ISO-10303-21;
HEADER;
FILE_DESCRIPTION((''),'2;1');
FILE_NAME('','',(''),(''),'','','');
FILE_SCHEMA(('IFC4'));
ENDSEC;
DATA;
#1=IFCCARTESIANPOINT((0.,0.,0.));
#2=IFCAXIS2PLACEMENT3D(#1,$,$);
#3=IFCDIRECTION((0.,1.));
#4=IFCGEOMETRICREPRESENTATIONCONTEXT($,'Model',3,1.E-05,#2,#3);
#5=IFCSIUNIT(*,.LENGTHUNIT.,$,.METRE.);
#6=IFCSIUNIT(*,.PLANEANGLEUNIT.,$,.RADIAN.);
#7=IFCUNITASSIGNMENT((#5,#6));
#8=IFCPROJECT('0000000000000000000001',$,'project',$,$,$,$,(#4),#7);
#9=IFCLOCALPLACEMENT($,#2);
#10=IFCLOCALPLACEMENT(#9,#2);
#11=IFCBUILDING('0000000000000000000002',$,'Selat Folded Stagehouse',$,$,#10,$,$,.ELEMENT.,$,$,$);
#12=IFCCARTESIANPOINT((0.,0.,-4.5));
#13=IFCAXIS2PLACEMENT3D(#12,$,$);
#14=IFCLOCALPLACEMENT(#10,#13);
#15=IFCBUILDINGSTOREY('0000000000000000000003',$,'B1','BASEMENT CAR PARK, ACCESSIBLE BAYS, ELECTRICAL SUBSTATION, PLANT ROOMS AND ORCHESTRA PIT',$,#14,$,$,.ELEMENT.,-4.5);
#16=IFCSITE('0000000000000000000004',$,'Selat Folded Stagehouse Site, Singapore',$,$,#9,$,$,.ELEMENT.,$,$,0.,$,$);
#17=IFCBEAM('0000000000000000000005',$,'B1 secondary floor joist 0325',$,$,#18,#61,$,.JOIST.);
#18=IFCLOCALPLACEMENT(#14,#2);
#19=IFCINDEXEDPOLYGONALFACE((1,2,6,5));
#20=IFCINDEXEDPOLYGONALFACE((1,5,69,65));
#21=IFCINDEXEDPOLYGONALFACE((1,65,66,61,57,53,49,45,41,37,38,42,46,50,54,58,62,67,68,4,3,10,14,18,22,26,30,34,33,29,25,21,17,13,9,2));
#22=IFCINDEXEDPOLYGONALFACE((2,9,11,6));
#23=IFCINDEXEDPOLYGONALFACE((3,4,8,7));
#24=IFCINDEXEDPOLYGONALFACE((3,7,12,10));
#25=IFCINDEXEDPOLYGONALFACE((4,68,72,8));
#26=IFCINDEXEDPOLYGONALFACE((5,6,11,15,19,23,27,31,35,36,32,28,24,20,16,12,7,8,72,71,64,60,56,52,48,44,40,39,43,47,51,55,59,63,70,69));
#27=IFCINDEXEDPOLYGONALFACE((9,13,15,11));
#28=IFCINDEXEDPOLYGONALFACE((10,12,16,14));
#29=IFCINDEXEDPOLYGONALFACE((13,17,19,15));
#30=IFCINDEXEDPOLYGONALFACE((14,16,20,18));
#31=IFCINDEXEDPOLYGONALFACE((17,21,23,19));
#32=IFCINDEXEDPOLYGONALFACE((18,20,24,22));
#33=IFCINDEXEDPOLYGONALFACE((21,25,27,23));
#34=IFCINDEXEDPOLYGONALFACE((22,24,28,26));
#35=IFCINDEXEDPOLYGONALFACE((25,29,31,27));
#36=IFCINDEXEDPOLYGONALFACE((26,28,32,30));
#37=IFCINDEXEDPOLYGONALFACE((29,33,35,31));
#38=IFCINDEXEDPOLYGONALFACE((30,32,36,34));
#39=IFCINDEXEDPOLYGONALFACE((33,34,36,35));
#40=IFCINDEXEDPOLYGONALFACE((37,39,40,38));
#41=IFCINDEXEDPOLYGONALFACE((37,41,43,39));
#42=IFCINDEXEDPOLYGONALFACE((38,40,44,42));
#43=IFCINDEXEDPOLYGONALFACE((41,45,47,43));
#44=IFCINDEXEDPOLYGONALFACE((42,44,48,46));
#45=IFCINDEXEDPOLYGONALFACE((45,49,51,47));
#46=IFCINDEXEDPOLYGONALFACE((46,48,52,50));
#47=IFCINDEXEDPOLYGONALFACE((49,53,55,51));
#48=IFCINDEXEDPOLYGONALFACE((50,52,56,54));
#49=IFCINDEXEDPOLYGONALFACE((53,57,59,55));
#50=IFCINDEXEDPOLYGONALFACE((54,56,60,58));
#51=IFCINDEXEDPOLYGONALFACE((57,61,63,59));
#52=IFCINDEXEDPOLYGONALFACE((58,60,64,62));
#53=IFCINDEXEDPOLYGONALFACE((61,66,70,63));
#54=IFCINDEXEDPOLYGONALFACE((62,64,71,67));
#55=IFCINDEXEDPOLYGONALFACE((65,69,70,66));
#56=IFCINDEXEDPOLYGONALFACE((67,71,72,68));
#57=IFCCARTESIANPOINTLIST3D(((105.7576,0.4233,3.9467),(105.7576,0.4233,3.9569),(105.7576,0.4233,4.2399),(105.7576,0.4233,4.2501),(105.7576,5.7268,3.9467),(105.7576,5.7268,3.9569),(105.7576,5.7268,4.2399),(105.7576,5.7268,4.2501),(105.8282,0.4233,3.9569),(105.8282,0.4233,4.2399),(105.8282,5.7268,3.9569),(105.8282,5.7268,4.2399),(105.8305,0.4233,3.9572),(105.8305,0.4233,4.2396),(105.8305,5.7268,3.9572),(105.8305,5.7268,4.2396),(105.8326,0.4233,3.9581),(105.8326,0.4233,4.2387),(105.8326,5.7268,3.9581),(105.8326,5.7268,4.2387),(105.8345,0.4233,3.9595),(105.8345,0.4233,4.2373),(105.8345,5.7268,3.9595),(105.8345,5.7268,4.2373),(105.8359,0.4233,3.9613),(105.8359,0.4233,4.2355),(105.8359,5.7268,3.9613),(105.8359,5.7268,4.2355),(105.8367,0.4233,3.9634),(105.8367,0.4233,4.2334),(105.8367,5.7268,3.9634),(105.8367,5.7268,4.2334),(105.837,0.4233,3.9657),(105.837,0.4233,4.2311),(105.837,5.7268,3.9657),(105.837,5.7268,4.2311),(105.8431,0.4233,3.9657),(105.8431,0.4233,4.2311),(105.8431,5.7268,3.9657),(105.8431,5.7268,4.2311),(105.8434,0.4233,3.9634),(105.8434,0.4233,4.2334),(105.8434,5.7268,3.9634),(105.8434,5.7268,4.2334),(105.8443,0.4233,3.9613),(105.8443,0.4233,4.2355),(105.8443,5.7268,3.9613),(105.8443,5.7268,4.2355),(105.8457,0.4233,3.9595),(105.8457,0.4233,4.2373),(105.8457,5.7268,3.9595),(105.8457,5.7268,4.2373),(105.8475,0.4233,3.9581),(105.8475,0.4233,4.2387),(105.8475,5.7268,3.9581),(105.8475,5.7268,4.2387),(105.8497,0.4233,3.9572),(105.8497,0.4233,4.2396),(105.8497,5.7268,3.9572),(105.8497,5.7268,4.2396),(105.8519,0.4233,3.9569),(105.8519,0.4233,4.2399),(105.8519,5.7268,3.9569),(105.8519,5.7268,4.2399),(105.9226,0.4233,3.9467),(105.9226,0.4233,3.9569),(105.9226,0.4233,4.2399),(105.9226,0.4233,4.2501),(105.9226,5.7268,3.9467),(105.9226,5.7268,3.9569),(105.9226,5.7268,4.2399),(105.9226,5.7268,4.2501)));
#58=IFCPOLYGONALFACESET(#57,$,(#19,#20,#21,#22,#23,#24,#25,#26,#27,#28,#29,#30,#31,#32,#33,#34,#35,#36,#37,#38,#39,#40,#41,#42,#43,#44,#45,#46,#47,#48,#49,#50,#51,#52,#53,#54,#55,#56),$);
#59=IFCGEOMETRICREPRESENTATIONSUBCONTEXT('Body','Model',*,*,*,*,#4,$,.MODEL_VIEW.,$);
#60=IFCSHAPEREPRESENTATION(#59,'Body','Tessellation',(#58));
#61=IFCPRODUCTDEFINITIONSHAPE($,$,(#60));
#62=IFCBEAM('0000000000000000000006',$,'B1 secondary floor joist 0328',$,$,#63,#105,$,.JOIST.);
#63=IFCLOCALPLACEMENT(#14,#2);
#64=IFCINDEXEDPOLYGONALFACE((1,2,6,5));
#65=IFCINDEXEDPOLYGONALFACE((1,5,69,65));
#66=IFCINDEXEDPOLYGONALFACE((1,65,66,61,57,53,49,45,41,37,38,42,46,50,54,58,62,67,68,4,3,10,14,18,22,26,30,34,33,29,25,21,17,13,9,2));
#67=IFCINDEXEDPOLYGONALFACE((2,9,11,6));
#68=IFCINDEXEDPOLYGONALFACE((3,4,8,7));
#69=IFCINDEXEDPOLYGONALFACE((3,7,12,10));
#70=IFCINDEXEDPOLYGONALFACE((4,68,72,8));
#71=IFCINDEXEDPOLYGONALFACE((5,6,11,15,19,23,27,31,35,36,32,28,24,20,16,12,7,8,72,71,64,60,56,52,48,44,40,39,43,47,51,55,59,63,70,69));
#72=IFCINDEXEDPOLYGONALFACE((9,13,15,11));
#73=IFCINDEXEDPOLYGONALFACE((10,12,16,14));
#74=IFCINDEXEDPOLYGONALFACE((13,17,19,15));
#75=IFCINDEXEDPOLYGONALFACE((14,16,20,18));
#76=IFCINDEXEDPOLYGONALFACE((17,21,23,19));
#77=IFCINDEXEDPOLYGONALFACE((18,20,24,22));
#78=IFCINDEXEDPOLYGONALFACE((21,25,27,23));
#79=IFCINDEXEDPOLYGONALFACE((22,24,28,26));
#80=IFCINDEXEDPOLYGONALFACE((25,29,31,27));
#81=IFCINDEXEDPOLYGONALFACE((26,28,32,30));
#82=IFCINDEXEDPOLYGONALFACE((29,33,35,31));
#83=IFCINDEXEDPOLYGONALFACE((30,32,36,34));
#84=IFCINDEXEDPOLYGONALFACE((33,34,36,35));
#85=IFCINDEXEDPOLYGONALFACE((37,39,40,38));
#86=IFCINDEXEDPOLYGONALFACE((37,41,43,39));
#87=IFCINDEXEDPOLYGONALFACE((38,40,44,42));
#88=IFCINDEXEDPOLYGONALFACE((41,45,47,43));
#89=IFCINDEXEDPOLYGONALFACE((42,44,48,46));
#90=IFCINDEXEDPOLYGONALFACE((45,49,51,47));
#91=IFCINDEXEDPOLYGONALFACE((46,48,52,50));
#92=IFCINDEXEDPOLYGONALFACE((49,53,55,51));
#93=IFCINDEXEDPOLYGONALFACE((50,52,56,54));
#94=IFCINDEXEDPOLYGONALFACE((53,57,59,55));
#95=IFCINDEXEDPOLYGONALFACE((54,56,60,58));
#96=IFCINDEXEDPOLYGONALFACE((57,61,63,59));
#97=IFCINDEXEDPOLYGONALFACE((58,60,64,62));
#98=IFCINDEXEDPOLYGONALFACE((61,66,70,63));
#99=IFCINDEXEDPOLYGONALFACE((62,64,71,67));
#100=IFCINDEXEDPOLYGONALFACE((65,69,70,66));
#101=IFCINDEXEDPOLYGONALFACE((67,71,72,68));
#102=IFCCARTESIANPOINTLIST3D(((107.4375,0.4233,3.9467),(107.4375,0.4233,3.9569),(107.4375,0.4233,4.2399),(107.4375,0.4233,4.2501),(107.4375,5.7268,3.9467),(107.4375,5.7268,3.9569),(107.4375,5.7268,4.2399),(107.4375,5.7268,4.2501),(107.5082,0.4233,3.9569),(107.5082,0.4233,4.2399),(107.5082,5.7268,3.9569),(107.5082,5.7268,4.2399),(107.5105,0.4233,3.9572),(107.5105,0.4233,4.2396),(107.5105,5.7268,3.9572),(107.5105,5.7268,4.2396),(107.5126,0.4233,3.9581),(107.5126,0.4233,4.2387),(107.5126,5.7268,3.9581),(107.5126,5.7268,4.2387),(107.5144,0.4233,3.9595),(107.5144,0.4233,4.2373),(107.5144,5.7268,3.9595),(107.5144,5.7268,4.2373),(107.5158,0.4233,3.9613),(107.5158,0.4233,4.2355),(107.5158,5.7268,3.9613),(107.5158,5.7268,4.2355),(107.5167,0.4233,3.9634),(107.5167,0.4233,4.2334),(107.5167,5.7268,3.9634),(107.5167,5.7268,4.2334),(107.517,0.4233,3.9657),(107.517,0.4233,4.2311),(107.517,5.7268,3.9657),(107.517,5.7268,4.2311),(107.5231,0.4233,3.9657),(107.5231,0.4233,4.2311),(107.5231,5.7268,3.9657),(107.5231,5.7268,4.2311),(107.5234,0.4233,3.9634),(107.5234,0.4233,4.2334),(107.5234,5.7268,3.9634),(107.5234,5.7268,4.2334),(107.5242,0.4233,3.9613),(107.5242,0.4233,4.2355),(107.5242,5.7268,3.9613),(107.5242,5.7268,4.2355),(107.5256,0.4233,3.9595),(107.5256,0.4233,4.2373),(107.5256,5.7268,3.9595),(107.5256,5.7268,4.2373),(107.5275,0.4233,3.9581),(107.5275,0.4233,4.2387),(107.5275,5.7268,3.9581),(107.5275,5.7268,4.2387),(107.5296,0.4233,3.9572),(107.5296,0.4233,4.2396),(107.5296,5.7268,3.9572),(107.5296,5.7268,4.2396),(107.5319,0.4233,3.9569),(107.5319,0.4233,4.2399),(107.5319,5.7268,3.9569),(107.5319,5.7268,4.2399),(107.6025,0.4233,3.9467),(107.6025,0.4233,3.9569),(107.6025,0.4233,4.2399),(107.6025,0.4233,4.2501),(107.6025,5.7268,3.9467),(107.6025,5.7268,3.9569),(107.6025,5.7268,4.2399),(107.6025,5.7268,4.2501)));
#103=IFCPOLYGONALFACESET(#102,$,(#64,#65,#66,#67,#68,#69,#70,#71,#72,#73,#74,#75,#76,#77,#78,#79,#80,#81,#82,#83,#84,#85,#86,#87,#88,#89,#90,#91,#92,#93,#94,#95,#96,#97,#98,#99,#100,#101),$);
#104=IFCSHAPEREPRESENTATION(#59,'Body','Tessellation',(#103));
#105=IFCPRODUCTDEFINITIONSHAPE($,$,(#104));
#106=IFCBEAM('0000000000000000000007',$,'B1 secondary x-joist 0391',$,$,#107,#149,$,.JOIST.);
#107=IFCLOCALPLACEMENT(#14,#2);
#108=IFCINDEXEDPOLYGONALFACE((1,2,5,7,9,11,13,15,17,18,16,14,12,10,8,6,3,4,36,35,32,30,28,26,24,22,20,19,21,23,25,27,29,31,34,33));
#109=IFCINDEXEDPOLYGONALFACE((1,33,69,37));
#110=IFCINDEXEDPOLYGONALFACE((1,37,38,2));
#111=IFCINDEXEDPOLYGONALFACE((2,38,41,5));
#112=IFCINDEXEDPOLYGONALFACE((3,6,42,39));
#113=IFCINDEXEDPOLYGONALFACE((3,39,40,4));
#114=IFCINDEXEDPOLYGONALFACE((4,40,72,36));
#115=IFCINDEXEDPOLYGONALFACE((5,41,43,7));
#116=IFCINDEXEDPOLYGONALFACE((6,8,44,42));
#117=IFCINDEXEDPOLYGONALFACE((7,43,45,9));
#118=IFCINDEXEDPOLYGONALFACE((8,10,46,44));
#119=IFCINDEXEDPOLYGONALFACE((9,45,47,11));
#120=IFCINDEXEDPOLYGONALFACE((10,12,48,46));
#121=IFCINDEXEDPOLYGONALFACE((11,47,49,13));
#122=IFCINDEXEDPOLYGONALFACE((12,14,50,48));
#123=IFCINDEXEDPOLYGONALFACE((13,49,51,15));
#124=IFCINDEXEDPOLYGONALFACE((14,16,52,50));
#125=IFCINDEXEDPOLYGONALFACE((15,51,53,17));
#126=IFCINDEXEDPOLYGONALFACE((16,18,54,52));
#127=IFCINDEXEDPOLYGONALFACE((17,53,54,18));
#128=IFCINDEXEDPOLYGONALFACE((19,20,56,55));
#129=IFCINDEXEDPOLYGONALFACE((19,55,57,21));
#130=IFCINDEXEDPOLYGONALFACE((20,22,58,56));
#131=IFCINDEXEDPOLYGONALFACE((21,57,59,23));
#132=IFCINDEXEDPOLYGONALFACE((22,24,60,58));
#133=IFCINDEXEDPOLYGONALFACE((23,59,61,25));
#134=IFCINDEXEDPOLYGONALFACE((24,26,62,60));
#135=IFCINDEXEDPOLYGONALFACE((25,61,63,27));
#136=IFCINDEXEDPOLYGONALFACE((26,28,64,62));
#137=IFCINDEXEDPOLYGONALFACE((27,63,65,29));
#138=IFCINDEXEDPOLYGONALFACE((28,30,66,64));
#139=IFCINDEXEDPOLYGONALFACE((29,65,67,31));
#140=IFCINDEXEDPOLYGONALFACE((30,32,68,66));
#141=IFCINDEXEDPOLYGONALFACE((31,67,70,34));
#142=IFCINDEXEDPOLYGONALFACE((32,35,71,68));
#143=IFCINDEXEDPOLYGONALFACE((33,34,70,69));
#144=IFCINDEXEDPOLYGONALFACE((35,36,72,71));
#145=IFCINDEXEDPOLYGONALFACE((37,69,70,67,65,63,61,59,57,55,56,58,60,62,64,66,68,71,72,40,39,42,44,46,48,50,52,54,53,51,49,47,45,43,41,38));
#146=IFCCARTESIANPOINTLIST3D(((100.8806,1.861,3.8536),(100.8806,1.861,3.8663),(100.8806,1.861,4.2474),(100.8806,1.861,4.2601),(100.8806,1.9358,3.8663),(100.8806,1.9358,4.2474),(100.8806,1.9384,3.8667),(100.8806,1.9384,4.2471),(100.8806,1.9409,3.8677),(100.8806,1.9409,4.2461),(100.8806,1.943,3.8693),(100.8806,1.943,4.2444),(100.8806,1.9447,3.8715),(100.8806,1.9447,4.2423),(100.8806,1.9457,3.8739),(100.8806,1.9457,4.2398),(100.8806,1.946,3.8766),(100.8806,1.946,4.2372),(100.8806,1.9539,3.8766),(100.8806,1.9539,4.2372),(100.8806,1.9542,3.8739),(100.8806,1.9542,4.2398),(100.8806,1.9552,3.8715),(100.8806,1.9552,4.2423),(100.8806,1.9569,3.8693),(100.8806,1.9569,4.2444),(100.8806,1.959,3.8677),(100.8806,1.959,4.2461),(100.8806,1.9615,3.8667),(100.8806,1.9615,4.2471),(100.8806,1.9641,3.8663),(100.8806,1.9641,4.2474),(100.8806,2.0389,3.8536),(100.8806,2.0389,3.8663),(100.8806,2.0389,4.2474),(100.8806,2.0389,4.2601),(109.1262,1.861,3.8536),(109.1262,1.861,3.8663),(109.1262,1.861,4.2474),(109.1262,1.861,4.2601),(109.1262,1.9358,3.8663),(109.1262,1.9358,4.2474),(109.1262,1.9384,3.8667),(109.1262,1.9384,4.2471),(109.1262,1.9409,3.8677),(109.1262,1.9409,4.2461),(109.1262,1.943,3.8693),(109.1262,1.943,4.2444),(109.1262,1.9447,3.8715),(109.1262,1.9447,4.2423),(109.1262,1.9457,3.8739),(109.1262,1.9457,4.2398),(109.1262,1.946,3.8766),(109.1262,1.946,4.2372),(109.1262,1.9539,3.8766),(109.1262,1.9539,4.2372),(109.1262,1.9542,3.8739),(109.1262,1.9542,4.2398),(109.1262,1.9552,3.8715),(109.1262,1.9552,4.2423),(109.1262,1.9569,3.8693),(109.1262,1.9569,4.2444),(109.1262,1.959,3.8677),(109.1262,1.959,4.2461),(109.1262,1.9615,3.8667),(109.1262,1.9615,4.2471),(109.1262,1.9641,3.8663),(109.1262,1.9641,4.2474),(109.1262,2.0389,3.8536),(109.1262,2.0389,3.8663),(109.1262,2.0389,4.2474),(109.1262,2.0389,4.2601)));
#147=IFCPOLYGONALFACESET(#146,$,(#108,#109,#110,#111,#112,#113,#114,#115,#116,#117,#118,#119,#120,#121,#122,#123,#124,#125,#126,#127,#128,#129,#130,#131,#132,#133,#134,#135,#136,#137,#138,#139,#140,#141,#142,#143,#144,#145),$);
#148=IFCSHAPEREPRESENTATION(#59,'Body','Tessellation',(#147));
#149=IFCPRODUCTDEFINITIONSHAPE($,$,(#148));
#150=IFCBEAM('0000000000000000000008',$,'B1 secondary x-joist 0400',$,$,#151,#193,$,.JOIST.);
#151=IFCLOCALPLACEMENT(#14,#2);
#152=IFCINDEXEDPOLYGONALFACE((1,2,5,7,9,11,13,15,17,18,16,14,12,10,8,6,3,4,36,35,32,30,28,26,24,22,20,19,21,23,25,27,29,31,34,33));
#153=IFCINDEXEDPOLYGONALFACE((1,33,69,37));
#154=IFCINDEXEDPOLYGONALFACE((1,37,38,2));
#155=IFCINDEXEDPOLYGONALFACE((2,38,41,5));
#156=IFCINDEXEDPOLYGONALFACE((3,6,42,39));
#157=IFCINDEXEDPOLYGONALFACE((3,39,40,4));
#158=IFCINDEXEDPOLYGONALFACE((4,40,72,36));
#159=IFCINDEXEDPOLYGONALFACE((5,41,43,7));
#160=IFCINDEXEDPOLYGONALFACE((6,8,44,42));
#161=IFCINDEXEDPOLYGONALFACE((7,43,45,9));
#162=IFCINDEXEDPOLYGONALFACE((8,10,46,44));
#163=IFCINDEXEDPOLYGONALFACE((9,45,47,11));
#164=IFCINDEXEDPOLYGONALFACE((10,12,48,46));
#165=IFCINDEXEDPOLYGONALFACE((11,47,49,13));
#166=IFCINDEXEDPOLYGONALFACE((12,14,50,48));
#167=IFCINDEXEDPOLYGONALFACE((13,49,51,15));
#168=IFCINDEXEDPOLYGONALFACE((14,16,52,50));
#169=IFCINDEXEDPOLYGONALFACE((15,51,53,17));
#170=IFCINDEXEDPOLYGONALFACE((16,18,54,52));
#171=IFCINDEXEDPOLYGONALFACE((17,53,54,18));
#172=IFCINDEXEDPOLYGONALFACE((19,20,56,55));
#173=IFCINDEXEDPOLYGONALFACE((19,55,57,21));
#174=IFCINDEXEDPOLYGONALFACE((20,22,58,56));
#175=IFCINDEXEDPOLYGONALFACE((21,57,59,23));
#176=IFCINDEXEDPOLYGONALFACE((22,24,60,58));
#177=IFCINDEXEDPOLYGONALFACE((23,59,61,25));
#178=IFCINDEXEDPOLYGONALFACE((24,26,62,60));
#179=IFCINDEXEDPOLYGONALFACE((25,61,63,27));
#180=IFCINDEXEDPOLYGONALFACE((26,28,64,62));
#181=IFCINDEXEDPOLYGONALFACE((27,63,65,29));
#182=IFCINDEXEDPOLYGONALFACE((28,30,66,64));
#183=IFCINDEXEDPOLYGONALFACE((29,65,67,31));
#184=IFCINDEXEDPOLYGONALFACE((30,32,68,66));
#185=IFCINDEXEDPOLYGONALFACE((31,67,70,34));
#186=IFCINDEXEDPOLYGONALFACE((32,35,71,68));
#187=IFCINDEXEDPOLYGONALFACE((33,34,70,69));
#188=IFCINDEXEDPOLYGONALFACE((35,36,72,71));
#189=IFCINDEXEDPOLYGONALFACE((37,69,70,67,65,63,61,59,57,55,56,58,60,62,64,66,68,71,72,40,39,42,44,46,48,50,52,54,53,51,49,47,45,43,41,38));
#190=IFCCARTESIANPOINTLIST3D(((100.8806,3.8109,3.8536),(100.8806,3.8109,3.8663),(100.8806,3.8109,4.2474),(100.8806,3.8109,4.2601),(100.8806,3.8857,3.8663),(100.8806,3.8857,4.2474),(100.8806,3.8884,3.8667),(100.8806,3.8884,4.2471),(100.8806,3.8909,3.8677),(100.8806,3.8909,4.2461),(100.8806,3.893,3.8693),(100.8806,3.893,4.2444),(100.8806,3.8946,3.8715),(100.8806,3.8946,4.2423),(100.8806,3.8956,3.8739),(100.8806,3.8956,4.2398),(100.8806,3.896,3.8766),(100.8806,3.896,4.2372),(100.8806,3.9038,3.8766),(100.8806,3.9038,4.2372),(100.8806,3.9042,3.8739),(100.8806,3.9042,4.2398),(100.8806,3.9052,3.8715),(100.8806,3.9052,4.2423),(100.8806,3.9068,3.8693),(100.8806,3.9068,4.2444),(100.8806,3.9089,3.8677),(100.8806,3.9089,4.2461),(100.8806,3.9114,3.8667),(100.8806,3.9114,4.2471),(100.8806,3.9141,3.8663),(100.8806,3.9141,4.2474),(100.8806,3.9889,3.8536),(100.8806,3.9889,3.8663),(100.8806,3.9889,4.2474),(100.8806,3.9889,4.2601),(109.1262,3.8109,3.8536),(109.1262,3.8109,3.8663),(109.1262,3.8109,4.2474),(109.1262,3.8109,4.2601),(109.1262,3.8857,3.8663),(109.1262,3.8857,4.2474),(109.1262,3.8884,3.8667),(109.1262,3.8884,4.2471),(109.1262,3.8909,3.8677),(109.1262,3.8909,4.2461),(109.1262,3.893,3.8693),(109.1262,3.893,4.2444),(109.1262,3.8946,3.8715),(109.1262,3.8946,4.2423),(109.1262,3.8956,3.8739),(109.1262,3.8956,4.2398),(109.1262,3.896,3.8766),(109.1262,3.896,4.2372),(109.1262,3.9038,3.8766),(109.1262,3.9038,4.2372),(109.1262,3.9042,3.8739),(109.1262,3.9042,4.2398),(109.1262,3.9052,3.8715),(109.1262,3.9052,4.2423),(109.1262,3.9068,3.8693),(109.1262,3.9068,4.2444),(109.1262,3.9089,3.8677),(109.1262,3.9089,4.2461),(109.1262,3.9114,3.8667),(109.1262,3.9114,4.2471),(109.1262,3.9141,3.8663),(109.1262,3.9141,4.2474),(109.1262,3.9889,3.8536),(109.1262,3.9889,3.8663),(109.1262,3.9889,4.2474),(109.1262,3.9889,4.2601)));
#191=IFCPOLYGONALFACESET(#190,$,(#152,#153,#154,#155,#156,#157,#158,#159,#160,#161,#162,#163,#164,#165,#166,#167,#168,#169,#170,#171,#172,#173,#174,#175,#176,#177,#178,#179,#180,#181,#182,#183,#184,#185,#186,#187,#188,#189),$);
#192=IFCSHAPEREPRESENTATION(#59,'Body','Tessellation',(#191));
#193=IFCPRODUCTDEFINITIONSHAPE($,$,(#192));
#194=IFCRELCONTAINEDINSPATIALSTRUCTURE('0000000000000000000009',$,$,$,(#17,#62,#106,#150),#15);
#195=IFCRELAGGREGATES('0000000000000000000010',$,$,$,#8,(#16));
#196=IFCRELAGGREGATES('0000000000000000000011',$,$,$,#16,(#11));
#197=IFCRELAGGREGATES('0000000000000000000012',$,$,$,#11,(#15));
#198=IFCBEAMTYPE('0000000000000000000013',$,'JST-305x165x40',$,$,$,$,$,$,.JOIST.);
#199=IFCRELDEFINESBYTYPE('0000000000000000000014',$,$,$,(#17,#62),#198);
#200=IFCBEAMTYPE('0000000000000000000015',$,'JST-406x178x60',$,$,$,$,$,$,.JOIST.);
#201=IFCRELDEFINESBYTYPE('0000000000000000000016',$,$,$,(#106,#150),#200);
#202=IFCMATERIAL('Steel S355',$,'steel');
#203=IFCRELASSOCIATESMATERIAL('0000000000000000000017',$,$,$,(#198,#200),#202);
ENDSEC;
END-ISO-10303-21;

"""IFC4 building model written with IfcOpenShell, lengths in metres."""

from ifc_helpers import new_model, si_unit, direction, frame, origin, origin_2d, place, context, subcontext, project, spatial, i_section, extrude, material, material_profile, profile_set, type_object, element, save


model = new_model("IFC4")

# Units and contexts
model_context = context("Model", 3, precision=1e-05, world=origin(), true_north=direction((0.0, 1.0)))
body_context = subcontext(model_context, "Body", "Model", "MODEL_VIEW")
ifc_project = project(units=[si_unit("LENGTHUNIT", "METRE"), si_unit("PLANEANGLEUNIT", "RADIAN")], contexts=[model_context])

# Site, building, storey
site_placement = place(None, origin())
site = spatial("IfcSite", under=ifc_project, at=site_placement, Name="Selat Folded Stagehouse Site, Singapore", CompositionType="ELEMENT", RefElevation=0.0)
building_placement = place(site_placement, origin())
building = spatial("IfcBuilding", under=site, at=building_placement, Name="Selat Folded Stagehouse", CompositionType="ELEMENT")
storey_placement = place(building_placement, frame((0.0, 0.0, -4.5)))
storey = spatial("IfcBuildingStorey", under=building, at=storey_placement, Name="B1", Description="BASEMENT CAR PARK, ACCESSIBLE BAYS, ELECTRICAL SUBSTATION, PLANT ROOMS AND ORCHESTRA PIT", CompositionType="ELEMENT", Elevation=-4.5)

# Shared definitions
ifc_material_1 = material(Name="Steel S355", Category="steel")

# Beams
ifc_material_profile_1 = material_profile(ifc_material_1, i_section(OverallWidth=0.165, OverallDepth=0.3035, WebThickness=0.0061, FlangeThickness=0.0103, FilletRadius=0.0088, at=origin_2d()), Name="UKB 305x165x40")
ifc_profile_set_1 = profile_set([ifc_material_profile_1], Name="Steel S355")
beam_type_1 = type_object("IfcBeamType", Name="JST-305x165x40", PredefinedType="JOIST", material=ifc_profile_set_1)
for number, where, z_axis, x_axis, name in (
    (1, (105.8401, 0.4233, 4.0984), (0.0, 1.0, 0.0), (-1.0, 0.0, 0.0), "B1 secondary floor joist 0325"),
    (2, (107.52, 0.4233, 4.0984), (0.0, 1.0, 0.0), (-1.0, 0.0, 0.0), "B1 secondary floor joist 0328"),
):
    element("IfcBeam", number, at=place(storey_placement, frame(where, z_axis=z_axis, x_axis=x_axis)), inside=storey, type_object=beam_type_1, Name=name, PredefinedType="JOIST", context=body_context, shape_type="SweptSolid", body=[
        extrude(i_section(OverallWidth=0.165, OverallDepth=0.3035, WebThickness=0.0061, FlangeThickness=0.0103, FilletRadius=0.0088, at=origin_2d()), origin(), (0.0, 0.0, 1.0), 5.3035),
    ])
ifc_material_profile_2 = material_profile(ifc_material_1, i_section(OverallWidth=0.178, OverallDepth=0.4065, WebThickness=0.0078, FlangeThickness=0.0127, FilletRadius=0.0103, at=origin_2d()), Name="UKB 406x178x60")
ifc_profile_set_2 = profile_set([ifc_material_profile_2], Name="Steel S355")
beam_type_2 = type_object("IfcBeamType", Name="JST-406x178x60", PredefinedType="JOIST", material=ifc_profile_set_2)
for number, where, z_axis, x_axis, name in (
    (3, (100.8806, 1.95, 4.0569), (1.0, 0.0, 0.0), (0.0, 1.0, 0.0), "B1 secondary x-joist 0391"),
    (4, (100.8806, 3.8999, 4.0569), (1.0, 0.0, 0.0), (0.0, 1.0, 0.0), "B1 secondary x-joist 0400"),
):
    element("IfcBeam", number, at=place(storey_placement, frame(where, z_axis=z_axis, x_axis=x_axis)), inside=storey, type_object=beam_type_2, Name=name, PredefinedType="JOIST", context=body_context, shape_type="SweptSolid", body=[
        extrude(i_section(OverallWidth=0.178, OverallDepth=0.4065, WebThickness=0.0078, FlangeThickness=0.0127, FilletRadius=0.0103, at=origin_2d()), origin(), (0.0, 0.0, 1.0), 8.2456),
    ])

save(model, "model.ifc")
